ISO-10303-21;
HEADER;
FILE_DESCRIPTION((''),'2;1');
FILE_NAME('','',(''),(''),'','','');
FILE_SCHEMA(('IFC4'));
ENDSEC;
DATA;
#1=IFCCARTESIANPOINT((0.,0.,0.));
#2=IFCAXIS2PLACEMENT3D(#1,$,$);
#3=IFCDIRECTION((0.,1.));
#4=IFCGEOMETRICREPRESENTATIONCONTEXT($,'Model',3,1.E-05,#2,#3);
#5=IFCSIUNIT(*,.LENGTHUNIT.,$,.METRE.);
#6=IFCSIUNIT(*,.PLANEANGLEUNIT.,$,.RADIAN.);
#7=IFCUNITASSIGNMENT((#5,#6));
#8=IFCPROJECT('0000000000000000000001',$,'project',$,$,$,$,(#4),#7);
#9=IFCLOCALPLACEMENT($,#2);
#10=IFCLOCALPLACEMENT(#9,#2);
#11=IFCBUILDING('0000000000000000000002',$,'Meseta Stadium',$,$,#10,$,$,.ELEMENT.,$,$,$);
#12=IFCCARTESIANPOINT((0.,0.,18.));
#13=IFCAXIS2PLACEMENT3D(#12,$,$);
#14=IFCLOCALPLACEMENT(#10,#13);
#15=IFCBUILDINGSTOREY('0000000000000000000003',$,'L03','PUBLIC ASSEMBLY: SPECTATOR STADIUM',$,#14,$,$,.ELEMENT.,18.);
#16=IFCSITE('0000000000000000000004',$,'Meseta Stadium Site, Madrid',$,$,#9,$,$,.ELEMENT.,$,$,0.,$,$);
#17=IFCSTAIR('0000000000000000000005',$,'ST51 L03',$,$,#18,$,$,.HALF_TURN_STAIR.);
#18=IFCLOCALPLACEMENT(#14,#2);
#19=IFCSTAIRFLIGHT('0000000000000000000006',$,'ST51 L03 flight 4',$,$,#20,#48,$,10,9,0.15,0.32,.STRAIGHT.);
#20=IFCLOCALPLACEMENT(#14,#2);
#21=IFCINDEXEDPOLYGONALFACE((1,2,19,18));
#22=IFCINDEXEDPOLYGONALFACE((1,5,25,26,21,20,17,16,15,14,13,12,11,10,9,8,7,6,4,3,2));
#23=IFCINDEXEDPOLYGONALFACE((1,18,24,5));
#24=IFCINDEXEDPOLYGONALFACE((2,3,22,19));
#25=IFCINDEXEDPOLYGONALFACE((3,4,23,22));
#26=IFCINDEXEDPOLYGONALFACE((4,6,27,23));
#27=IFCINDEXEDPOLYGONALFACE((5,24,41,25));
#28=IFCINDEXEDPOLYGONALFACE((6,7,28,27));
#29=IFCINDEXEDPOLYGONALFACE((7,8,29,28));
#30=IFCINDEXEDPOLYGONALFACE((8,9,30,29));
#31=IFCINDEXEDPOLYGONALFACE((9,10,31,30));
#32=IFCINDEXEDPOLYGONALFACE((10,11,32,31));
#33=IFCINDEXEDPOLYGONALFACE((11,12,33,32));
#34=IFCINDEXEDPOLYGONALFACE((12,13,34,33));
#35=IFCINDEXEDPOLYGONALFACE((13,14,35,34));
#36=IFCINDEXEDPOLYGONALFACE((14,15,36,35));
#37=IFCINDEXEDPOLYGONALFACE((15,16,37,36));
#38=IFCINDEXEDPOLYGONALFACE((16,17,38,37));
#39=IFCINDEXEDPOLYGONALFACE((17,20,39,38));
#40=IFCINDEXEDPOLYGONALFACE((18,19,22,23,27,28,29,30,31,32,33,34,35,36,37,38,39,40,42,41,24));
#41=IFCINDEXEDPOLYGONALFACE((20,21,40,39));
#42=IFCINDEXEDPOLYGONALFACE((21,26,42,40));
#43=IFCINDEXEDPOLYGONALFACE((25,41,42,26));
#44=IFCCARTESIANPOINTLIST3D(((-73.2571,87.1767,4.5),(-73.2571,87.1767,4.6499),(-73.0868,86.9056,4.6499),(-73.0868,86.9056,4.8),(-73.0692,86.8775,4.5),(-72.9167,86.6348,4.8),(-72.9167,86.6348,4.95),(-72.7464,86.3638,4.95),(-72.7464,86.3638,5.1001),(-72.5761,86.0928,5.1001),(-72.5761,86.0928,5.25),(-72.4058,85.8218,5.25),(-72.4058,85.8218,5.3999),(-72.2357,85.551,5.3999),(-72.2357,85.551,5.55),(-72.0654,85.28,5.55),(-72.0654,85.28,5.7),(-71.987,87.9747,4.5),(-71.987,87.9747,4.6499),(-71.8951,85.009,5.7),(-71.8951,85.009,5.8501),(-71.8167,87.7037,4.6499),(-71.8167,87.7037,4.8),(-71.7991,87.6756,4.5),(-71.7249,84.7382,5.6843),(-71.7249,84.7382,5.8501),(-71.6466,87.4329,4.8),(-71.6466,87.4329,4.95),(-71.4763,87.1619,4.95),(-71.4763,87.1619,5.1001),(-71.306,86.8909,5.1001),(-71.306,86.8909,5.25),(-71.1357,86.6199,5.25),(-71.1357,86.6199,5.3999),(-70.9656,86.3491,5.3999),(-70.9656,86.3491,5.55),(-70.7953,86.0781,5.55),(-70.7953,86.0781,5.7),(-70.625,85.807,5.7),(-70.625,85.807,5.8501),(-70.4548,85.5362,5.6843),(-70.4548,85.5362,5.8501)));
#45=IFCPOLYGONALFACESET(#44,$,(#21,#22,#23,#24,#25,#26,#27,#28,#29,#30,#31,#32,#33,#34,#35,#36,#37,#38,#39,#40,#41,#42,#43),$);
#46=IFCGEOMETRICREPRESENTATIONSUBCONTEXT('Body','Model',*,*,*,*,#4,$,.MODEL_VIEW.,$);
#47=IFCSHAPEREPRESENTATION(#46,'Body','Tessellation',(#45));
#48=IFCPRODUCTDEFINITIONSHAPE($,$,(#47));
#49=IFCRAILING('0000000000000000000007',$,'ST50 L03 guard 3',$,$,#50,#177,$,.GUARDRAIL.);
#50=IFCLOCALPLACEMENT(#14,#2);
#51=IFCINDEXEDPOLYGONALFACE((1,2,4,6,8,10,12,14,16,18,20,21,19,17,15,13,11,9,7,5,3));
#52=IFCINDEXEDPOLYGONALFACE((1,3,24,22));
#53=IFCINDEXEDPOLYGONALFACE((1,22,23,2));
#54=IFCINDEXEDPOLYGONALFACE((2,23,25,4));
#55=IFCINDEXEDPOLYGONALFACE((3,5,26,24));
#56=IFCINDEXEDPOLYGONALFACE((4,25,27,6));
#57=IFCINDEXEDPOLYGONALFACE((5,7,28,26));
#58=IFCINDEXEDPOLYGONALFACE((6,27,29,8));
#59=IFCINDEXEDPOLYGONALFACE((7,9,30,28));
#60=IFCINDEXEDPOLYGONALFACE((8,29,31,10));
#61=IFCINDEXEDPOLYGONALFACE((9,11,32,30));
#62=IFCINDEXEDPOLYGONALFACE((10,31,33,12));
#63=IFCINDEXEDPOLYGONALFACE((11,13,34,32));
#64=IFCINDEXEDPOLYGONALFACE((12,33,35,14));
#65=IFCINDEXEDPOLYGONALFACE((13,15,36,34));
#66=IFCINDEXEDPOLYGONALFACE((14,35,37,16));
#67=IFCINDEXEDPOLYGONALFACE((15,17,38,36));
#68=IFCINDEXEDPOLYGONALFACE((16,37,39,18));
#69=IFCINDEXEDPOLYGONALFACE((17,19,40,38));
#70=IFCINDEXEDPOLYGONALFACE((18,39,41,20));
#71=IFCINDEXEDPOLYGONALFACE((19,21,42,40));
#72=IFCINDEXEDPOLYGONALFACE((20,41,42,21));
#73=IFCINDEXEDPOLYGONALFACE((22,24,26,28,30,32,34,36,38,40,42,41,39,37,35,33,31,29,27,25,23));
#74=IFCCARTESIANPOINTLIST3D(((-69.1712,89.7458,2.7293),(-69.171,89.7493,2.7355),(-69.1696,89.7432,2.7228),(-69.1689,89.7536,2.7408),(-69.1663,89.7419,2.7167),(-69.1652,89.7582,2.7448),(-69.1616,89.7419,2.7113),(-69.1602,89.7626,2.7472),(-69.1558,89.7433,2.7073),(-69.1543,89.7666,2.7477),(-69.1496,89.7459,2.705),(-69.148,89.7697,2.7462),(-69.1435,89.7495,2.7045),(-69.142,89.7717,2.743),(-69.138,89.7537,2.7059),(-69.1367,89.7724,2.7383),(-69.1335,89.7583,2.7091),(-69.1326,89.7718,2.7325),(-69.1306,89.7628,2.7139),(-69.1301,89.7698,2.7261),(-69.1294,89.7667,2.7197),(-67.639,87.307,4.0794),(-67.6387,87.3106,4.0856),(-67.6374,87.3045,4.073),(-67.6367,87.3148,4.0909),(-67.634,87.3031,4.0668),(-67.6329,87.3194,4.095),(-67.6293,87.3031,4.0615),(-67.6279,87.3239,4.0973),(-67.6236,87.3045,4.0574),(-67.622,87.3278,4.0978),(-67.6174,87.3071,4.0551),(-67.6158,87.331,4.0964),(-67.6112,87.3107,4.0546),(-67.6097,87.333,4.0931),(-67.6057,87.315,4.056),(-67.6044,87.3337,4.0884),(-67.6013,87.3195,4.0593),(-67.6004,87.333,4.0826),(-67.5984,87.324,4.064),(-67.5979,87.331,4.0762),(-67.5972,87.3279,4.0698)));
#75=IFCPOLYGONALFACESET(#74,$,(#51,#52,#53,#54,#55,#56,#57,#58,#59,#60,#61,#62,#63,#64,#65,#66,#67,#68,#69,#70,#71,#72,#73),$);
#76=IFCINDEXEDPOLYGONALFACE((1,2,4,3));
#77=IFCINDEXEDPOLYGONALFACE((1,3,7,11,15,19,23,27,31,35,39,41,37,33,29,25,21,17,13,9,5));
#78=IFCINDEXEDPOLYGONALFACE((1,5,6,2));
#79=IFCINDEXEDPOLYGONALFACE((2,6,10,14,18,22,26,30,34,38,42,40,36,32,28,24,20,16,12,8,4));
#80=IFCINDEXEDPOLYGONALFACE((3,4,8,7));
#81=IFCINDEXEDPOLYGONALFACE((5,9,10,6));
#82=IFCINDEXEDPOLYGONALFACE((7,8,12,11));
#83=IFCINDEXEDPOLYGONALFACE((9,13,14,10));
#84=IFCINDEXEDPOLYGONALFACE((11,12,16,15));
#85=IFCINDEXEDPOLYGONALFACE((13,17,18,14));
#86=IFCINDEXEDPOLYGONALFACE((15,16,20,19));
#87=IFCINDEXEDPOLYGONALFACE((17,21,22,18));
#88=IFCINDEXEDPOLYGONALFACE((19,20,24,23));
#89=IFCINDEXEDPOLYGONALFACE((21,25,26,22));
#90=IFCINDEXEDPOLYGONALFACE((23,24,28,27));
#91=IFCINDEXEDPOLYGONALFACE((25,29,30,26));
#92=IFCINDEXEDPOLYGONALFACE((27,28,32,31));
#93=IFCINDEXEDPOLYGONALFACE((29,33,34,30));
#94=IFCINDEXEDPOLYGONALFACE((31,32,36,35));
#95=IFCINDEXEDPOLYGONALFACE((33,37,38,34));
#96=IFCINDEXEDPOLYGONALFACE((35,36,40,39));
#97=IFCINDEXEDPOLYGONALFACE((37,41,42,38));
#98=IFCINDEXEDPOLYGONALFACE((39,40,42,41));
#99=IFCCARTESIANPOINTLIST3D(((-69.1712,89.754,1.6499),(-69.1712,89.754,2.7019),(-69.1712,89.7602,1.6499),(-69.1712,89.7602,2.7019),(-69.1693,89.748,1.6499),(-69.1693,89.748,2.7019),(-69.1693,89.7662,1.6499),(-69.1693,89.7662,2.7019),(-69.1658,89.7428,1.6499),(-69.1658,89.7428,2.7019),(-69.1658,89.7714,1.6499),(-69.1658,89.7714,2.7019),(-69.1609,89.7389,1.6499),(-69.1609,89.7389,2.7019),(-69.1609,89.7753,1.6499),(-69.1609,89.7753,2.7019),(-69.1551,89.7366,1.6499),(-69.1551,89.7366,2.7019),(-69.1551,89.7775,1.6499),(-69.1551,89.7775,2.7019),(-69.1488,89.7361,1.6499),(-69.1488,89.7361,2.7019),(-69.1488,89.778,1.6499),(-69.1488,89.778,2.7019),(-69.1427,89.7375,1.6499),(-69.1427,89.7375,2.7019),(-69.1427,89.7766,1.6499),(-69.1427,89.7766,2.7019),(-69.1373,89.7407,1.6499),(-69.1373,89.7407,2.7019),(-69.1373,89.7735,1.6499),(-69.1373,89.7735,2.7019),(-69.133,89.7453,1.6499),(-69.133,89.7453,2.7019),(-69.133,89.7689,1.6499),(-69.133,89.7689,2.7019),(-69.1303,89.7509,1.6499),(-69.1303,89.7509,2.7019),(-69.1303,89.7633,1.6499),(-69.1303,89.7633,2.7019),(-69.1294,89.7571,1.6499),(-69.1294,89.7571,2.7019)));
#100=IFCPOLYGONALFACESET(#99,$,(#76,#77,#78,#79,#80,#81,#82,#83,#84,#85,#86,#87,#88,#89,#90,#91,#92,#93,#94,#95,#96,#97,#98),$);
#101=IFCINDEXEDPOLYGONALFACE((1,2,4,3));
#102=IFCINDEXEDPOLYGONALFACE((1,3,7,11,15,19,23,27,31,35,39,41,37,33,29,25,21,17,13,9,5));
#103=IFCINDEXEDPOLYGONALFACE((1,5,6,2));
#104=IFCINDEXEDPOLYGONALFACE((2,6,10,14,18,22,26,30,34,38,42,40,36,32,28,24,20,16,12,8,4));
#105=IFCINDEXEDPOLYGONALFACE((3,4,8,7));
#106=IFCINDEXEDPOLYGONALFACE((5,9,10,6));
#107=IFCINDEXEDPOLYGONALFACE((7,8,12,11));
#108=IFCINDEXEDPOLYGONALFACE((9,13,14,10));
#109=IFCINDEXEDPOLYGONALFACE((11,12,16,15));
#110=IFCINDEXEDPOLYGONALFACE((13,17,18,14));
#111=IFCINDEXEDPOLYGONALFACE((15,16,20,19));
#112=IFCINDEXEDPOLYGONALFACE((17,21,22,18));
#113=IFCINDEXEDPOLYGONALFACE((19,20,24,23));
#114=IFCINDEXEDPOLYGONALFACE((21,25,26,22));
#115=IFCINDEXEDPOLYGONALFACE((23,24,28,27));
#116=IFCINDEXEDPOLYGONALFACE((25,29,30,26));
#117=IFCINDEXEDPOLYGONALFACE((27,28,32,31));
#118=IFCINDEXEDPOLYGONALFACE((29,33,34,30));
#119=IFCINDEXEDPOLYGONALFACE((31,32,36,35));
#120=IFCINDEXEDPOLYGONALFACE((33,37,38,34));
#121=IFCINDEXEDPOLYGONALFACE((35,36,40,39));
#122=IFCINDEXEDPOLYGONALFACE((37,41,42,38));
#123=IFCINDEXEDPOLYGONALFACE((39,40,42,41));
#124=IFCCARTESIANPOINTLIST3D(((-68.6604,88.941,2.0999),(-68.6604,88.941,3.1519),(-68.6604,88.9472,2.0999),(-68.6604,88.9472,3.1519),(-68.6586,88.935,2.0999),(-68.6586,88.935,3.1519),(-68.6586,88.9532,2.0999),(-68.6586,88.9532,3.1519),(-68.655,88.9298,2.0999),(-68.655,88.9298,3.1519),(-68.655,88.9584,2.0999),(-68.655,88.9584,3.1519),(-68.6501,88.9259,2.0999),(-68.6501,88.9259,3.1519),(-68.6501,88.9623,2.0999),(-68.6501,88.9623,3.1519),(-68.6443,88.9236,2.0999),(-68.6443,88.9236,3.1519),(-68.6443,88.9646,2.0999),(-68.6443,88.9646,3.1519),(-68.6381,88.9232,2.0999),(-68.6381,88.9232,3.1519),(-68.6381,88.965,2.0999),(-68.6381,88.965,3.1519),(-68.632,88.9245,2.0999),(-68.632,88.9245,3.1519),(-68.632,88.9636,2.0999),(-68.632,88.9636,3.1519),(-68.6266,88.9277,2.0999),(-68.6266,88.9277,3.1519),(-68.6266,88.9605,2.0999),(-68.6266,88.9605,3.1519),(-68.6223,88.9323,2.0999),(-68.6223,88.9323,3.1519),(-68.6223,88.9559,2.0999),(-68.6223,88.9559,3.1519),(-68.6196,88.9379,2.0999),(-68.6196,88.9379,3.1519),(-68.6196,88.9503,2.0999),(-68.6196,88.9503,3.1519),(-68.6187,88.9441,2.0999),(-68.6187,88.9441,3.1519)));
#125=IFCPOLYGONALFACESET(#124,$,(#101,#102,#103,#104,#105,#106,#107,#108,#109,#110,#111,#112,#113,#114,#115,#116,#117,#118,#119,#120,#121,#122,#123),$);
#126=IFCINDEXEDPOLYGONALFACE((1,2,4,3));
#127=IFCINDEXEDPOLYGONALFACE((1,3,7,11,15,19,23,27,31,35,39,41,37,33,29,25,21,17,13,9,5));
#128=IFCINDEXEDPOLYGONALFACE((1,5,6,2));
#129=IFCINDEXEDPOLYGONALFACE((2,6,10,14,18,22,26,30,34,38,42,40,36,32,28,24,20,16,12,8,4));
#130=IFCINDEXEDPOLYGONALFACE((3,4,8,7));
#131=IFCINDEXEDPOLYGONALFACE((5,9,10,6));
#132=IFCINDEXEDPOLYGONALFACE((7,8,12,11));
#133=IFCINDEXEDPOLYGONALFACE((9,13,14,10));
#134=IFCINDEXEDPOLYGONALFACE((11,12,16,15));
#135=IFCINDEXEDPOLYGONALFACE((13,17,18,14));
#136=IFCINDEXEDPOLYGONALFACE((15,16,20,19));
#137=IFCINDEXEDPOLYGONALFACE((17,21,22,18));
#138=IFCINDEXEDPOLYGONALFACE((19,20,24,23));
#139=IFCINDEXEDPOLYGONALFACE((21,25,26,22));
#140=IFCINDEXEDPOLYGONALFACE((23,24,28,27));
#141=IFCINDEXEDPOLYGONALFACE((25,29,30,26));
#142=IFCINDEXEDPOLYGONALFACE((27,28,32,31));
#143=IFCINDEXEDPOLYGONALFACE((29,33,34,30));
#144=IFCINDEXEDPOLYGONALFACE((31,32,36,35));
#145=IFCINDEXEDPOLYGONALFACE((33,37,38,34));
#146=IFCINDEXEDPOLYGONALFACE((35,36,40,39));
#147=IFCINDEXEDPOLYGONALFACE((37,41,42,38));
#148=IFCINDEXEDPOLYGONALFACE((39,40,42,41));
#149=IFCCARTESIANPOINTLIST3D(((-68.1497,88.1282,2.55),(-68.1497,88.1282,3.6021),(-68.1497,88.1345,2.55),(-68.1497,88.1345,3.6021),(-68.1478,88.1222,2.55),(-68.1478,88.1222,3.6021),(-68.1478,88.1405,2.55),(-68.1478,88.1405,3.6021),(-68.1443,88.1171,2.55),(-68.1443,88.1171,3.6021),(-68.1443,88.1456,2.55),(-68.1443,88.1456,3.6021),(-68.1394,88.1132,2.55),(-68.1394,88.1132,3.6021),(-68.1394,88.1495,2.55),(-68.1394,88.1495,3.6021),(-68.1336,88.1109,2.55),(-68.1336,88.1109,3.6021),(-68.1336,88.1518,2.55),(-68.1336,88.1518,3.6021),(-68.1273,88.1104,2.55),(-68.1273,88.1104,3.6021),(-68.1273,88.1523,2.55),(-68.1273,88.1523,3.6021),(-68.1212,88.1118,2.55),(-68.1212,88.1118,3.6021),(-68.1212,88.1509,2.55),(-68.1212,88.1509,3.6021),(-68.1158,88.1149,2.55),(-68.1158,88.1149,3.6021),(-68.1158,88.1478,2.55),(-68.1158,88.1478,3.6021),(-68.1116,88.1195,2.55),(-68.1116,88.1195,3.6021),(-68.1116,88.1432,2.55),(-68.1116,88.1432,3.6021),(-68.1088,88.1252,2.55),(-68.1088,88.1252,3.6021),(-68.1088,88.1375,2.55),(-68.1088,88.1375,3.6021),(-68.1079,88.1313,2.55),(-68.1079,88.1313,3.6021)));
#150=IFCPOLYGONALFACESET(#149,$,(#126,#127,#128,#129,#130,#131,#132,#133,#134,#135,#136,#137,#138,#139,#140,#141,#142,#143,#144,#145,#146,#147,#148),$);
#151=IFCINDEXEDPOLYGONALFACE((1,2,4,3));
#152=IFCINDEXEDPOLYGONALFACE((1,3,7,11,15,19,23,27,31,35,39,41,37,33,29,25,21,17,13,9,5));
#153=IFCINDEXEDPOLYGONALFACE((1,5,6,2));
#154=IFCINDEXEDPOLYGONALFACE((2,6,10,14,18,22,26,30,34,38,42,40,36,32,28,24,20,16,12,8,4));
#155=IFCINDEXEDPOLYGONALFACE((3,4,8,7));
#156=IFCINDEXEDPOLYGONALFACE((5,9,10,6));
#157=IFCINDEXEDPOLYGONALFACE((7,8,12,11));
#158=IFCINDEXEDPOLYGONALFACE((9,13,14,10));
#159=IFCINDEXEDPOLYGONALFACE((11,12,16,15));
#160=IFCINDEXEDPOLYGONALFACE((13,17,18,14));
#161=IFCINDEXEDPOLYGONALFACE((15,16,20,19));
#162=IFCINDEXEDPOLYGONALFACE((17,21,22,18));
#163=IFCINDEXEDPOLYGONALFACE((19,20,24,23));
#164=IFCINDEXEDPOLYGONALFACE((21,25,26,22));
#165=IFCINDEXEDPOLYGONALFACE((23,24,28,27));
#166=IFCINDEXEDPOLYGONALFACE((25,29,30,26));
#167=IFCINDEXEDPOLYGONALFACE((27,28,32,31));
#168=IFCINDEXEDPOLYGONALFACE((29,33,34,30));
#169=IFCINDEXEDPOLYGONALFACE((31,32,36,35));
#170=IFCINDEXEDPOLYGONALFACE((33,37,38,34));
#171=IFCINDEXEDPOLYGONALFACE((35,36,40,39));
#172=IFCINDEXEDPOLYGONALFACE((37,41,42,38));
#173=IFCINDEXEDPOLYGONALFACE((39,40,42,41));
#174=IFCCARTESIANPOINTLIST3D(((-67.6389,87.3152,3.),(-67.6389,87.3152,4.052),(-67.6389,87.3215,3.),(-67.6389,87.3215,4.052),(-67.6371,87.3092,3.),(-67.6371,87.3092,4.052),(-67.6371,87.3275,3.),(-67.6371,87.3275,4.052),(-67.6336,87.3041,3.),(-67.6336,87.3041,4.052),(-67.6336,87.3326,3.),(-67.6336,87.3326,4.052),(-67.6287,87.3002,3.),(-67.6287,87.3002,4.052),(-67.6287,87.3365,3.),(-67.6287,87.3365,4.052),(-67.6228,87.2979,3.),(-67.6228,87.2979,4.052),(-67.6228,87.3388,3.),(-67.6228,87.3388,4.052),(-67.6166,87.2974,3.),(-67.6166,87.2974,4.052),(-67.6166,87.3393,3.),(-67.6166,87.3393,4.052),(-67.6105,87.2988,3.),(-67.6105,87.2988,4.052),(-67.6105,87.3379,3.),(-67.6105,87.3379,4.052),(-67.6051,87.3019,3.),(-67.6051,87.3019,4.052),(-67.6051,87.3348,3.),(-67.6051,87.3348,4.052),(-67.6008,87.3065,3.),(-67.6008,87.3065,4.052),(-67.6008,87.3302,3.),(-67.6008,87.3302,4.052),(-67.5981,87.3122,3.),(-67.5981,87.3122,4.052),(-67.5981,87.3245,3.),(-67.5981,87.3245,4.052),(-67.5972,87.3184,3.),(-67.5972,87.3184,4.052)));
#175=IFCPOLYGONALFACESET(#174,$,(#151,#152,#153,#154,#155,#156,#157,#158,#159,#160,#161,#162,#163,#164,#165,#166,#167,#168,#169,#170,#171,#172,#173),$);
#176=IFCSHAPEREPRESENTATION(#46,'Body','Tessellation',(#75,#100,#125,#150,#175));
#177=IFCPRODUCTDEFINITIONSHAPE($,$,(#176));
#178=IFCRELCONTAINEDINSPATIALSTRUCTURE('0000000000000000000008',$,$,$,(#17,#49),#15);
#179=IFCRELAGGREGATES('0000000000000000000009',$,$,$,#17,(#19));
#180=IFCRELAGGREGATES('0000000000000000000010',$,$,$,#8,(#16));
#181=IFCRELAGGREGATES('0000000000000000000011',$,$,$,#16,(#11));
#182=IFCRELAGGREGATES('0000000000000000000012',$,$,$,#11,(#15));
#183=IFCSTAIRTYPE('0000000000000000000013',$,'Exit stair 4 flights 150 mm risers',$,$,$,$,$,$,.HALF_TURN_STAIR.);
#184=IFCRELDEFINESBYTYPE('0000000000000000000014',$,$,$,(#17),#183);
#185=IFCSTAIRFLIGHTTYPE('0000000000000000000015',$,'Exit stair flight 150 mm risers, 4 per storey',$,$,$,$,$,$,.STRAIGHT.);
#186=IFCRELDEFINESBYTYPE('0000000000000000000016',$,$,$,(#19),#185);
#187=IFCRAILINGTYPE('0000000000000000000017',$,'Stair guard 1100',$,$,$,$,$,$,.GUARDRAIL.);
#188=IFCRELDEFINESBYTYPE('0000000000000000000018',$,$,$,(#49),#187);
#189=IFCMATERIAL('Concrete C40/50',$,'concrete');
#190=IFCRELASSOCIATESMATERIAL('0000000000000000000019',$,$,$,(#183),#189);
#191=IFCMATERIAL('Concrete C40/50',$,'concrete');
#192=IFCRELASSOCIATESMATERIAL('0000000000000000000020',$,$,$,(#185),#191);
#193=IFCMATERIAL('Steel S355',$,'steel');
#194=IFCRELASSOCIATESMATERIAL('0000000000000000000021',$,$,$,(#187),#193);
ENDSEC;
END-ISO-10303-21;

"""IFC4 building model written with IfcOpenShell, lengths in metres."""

from ifc_helpers import new_model, si_unit, direction, frame, origin, origin_2d, place, context, subcontext, project, spatial, polyline, circle, outline, extrude, material, type_object, element, aggregate, save


model = new_model("IFC4")

# Units and contexts
model_context = context("Model", 3, precision=1e-05, world=origin(), true_north=direction((0.0, 1.0)))
body_context = subcontext(model_context, "Body", "Model", "MODEL_VIEW")
ifc_project = project(units=[si_unit("LENGTHUNIT", "METRE"), si_unit("PLANEANGLEUNIT", "RADIAN")], contexts=[model_context])

# Site, building, storey
site_placement = place(None, origin())
site = spatial("IfcSite", under=ifc_project, at=site_placement, Name="Meseta Stadium Site, Madrid", CompositionType="ELEMENT", RefElevation=0.0)
building_placement = place(site_placement, origin())
building = spatial("IfcBuilding", under=site, at=building_placement, Name="Meseta Stadium", CompositionType="ELEMENT")
storey_placement = place(building_placement, frame((0.0, 0.0, 18.0)))
storey = spatial("IfcBuildingStorey", under=building, at=storey_placement, Name="L03", Description="PUBLIC ASSEMBLY: SPECTATOR STADIUM", CompositionType="ELEMENT", Elevation=18.0)

# Stair, stair flight
ifc_material_1 = material(Name="Concrete C40/50", Category="concrete")
stair_type = type_object("IfcStairType", Name="Exit stair 4 flights 150 mm risers", PredefinedType="HALF_TURN_STAIR", material=ifc_material_1)
ifc_material_2 = material(Name="Concrete C40/50", Category="concrete")
stair_flight_type = type_object("IfcStairFlightType", Name="Exit stair flight 150 mm risers, 4 per storey", PredefinedType="STRAIGHT", material=ifc_material_2)
stair_1_placement = place(storey_placement, origin())
stair_1 = element("IfcStair", 1, at=stair_1_placement, inside=storey, type_object=stair_type, Name="ST51 L03", PredefinedType="HALF_TURN_STAIR")
stair_flight_1_placement = place(storey_placement, frame((-72.6221, 87.5757, 4.5), z_axis=(0.0, 0.0, 1.0), x_axis=(0.532032, -0.846724, 0.0)))
stair_flight_1 = element("IfcStairFlight", 2, at=stair_flight_1_placement, type_object=stair_flight_type, Name="ST51 L03 flight 4", NumberOfRisers=10, NumberOfTreads=9, PredefinedType="STRAIGHT", RiserHeight=0.15, TreadLength=0.32, context=body_context, shape_type="SweptSolid", body=[
    extrude(outline(polyline([(0.0, 0.0), (0.0, 0.1499), (0.3201, 0.1499), (0.3201, 0.3), (0.6399, 0.3), (0.6399, 0.45), (0.96, 0.45), (0.96, 0.6001), (1.28, 0.6001), (1.28, 0.75), (1.6001, 0.75), (1.6001, 0.8999), (1.9199, 0.8999), (1.9199, 1.05), (2.24, 1.05), (2.24, 1.2), (2.5601, 1.2), (2.5601, 1.3501), (2.8799, 1.3501), (2.8799, 1.1843), (0.3533, 0.0), (0.0, 0.0)])), frame((0.0, 0.75, 0.0), z_axis=(0.0, -1.0, 0.0), x_axis=(1.0, 0.0, 0.0)), (0.0, 0.0, 1.0), 1.5),
])
aggregate(stair_1, [stair_flight_1])

# Railing
ifc_material_3 = material(Name="Steel S355", Category="steel")
railing_type_1 = type_object("IfcRailingType", Name="Stair guard 1100", PredefinedType="GUARDRAIL", material=ifc_material_3)
for number, where, name in (
    (3, (-69.1504, 89.7571, 1.6499), "ST50 L03 guard 3"),
):
    element("IfcRailing", number, at=place(storey_placement, frame(where)), inside=storey, type_object=railing_type_1, Name=name, PredefinedType="GUARDRAIL", context=body_context, shape_type="SweptSolid", body=[
        extrude(circle(Radius=0.0239, at=origin_2d()), frame((0.0, 0.0, 1.0762), z_axis=(0.481703, -0.766687, 0.424445), x_axis=(0.846743, 0.532001, 0.0)), (0.0, 0.0, 1.0), 3.1809),
        extrude(circle(Radius=0.021, at=origin_2d()), origin(), (0.0, 0.0, 1.0), 1.052),
        extrude(circle(Radius=0.021, at=origin_2d()), frame((0.5107, -0.813, 0.45)), (0.0, 0.0, 1.0), 1.052),
        extrude(circle(Radius=0.021, at=origin_2d()), frame((1.0215, -1.6257, 0.9001)), (0.0, 0.0, 1.0), 1.052),
        extrude(circle(Radius=0.021, at=origin_2d()), frame((1.5322, -2.4387, 1.3501)), (0.0, 0.0, 1.0), 1.052),
    ])

save(model, "model.ifc")
